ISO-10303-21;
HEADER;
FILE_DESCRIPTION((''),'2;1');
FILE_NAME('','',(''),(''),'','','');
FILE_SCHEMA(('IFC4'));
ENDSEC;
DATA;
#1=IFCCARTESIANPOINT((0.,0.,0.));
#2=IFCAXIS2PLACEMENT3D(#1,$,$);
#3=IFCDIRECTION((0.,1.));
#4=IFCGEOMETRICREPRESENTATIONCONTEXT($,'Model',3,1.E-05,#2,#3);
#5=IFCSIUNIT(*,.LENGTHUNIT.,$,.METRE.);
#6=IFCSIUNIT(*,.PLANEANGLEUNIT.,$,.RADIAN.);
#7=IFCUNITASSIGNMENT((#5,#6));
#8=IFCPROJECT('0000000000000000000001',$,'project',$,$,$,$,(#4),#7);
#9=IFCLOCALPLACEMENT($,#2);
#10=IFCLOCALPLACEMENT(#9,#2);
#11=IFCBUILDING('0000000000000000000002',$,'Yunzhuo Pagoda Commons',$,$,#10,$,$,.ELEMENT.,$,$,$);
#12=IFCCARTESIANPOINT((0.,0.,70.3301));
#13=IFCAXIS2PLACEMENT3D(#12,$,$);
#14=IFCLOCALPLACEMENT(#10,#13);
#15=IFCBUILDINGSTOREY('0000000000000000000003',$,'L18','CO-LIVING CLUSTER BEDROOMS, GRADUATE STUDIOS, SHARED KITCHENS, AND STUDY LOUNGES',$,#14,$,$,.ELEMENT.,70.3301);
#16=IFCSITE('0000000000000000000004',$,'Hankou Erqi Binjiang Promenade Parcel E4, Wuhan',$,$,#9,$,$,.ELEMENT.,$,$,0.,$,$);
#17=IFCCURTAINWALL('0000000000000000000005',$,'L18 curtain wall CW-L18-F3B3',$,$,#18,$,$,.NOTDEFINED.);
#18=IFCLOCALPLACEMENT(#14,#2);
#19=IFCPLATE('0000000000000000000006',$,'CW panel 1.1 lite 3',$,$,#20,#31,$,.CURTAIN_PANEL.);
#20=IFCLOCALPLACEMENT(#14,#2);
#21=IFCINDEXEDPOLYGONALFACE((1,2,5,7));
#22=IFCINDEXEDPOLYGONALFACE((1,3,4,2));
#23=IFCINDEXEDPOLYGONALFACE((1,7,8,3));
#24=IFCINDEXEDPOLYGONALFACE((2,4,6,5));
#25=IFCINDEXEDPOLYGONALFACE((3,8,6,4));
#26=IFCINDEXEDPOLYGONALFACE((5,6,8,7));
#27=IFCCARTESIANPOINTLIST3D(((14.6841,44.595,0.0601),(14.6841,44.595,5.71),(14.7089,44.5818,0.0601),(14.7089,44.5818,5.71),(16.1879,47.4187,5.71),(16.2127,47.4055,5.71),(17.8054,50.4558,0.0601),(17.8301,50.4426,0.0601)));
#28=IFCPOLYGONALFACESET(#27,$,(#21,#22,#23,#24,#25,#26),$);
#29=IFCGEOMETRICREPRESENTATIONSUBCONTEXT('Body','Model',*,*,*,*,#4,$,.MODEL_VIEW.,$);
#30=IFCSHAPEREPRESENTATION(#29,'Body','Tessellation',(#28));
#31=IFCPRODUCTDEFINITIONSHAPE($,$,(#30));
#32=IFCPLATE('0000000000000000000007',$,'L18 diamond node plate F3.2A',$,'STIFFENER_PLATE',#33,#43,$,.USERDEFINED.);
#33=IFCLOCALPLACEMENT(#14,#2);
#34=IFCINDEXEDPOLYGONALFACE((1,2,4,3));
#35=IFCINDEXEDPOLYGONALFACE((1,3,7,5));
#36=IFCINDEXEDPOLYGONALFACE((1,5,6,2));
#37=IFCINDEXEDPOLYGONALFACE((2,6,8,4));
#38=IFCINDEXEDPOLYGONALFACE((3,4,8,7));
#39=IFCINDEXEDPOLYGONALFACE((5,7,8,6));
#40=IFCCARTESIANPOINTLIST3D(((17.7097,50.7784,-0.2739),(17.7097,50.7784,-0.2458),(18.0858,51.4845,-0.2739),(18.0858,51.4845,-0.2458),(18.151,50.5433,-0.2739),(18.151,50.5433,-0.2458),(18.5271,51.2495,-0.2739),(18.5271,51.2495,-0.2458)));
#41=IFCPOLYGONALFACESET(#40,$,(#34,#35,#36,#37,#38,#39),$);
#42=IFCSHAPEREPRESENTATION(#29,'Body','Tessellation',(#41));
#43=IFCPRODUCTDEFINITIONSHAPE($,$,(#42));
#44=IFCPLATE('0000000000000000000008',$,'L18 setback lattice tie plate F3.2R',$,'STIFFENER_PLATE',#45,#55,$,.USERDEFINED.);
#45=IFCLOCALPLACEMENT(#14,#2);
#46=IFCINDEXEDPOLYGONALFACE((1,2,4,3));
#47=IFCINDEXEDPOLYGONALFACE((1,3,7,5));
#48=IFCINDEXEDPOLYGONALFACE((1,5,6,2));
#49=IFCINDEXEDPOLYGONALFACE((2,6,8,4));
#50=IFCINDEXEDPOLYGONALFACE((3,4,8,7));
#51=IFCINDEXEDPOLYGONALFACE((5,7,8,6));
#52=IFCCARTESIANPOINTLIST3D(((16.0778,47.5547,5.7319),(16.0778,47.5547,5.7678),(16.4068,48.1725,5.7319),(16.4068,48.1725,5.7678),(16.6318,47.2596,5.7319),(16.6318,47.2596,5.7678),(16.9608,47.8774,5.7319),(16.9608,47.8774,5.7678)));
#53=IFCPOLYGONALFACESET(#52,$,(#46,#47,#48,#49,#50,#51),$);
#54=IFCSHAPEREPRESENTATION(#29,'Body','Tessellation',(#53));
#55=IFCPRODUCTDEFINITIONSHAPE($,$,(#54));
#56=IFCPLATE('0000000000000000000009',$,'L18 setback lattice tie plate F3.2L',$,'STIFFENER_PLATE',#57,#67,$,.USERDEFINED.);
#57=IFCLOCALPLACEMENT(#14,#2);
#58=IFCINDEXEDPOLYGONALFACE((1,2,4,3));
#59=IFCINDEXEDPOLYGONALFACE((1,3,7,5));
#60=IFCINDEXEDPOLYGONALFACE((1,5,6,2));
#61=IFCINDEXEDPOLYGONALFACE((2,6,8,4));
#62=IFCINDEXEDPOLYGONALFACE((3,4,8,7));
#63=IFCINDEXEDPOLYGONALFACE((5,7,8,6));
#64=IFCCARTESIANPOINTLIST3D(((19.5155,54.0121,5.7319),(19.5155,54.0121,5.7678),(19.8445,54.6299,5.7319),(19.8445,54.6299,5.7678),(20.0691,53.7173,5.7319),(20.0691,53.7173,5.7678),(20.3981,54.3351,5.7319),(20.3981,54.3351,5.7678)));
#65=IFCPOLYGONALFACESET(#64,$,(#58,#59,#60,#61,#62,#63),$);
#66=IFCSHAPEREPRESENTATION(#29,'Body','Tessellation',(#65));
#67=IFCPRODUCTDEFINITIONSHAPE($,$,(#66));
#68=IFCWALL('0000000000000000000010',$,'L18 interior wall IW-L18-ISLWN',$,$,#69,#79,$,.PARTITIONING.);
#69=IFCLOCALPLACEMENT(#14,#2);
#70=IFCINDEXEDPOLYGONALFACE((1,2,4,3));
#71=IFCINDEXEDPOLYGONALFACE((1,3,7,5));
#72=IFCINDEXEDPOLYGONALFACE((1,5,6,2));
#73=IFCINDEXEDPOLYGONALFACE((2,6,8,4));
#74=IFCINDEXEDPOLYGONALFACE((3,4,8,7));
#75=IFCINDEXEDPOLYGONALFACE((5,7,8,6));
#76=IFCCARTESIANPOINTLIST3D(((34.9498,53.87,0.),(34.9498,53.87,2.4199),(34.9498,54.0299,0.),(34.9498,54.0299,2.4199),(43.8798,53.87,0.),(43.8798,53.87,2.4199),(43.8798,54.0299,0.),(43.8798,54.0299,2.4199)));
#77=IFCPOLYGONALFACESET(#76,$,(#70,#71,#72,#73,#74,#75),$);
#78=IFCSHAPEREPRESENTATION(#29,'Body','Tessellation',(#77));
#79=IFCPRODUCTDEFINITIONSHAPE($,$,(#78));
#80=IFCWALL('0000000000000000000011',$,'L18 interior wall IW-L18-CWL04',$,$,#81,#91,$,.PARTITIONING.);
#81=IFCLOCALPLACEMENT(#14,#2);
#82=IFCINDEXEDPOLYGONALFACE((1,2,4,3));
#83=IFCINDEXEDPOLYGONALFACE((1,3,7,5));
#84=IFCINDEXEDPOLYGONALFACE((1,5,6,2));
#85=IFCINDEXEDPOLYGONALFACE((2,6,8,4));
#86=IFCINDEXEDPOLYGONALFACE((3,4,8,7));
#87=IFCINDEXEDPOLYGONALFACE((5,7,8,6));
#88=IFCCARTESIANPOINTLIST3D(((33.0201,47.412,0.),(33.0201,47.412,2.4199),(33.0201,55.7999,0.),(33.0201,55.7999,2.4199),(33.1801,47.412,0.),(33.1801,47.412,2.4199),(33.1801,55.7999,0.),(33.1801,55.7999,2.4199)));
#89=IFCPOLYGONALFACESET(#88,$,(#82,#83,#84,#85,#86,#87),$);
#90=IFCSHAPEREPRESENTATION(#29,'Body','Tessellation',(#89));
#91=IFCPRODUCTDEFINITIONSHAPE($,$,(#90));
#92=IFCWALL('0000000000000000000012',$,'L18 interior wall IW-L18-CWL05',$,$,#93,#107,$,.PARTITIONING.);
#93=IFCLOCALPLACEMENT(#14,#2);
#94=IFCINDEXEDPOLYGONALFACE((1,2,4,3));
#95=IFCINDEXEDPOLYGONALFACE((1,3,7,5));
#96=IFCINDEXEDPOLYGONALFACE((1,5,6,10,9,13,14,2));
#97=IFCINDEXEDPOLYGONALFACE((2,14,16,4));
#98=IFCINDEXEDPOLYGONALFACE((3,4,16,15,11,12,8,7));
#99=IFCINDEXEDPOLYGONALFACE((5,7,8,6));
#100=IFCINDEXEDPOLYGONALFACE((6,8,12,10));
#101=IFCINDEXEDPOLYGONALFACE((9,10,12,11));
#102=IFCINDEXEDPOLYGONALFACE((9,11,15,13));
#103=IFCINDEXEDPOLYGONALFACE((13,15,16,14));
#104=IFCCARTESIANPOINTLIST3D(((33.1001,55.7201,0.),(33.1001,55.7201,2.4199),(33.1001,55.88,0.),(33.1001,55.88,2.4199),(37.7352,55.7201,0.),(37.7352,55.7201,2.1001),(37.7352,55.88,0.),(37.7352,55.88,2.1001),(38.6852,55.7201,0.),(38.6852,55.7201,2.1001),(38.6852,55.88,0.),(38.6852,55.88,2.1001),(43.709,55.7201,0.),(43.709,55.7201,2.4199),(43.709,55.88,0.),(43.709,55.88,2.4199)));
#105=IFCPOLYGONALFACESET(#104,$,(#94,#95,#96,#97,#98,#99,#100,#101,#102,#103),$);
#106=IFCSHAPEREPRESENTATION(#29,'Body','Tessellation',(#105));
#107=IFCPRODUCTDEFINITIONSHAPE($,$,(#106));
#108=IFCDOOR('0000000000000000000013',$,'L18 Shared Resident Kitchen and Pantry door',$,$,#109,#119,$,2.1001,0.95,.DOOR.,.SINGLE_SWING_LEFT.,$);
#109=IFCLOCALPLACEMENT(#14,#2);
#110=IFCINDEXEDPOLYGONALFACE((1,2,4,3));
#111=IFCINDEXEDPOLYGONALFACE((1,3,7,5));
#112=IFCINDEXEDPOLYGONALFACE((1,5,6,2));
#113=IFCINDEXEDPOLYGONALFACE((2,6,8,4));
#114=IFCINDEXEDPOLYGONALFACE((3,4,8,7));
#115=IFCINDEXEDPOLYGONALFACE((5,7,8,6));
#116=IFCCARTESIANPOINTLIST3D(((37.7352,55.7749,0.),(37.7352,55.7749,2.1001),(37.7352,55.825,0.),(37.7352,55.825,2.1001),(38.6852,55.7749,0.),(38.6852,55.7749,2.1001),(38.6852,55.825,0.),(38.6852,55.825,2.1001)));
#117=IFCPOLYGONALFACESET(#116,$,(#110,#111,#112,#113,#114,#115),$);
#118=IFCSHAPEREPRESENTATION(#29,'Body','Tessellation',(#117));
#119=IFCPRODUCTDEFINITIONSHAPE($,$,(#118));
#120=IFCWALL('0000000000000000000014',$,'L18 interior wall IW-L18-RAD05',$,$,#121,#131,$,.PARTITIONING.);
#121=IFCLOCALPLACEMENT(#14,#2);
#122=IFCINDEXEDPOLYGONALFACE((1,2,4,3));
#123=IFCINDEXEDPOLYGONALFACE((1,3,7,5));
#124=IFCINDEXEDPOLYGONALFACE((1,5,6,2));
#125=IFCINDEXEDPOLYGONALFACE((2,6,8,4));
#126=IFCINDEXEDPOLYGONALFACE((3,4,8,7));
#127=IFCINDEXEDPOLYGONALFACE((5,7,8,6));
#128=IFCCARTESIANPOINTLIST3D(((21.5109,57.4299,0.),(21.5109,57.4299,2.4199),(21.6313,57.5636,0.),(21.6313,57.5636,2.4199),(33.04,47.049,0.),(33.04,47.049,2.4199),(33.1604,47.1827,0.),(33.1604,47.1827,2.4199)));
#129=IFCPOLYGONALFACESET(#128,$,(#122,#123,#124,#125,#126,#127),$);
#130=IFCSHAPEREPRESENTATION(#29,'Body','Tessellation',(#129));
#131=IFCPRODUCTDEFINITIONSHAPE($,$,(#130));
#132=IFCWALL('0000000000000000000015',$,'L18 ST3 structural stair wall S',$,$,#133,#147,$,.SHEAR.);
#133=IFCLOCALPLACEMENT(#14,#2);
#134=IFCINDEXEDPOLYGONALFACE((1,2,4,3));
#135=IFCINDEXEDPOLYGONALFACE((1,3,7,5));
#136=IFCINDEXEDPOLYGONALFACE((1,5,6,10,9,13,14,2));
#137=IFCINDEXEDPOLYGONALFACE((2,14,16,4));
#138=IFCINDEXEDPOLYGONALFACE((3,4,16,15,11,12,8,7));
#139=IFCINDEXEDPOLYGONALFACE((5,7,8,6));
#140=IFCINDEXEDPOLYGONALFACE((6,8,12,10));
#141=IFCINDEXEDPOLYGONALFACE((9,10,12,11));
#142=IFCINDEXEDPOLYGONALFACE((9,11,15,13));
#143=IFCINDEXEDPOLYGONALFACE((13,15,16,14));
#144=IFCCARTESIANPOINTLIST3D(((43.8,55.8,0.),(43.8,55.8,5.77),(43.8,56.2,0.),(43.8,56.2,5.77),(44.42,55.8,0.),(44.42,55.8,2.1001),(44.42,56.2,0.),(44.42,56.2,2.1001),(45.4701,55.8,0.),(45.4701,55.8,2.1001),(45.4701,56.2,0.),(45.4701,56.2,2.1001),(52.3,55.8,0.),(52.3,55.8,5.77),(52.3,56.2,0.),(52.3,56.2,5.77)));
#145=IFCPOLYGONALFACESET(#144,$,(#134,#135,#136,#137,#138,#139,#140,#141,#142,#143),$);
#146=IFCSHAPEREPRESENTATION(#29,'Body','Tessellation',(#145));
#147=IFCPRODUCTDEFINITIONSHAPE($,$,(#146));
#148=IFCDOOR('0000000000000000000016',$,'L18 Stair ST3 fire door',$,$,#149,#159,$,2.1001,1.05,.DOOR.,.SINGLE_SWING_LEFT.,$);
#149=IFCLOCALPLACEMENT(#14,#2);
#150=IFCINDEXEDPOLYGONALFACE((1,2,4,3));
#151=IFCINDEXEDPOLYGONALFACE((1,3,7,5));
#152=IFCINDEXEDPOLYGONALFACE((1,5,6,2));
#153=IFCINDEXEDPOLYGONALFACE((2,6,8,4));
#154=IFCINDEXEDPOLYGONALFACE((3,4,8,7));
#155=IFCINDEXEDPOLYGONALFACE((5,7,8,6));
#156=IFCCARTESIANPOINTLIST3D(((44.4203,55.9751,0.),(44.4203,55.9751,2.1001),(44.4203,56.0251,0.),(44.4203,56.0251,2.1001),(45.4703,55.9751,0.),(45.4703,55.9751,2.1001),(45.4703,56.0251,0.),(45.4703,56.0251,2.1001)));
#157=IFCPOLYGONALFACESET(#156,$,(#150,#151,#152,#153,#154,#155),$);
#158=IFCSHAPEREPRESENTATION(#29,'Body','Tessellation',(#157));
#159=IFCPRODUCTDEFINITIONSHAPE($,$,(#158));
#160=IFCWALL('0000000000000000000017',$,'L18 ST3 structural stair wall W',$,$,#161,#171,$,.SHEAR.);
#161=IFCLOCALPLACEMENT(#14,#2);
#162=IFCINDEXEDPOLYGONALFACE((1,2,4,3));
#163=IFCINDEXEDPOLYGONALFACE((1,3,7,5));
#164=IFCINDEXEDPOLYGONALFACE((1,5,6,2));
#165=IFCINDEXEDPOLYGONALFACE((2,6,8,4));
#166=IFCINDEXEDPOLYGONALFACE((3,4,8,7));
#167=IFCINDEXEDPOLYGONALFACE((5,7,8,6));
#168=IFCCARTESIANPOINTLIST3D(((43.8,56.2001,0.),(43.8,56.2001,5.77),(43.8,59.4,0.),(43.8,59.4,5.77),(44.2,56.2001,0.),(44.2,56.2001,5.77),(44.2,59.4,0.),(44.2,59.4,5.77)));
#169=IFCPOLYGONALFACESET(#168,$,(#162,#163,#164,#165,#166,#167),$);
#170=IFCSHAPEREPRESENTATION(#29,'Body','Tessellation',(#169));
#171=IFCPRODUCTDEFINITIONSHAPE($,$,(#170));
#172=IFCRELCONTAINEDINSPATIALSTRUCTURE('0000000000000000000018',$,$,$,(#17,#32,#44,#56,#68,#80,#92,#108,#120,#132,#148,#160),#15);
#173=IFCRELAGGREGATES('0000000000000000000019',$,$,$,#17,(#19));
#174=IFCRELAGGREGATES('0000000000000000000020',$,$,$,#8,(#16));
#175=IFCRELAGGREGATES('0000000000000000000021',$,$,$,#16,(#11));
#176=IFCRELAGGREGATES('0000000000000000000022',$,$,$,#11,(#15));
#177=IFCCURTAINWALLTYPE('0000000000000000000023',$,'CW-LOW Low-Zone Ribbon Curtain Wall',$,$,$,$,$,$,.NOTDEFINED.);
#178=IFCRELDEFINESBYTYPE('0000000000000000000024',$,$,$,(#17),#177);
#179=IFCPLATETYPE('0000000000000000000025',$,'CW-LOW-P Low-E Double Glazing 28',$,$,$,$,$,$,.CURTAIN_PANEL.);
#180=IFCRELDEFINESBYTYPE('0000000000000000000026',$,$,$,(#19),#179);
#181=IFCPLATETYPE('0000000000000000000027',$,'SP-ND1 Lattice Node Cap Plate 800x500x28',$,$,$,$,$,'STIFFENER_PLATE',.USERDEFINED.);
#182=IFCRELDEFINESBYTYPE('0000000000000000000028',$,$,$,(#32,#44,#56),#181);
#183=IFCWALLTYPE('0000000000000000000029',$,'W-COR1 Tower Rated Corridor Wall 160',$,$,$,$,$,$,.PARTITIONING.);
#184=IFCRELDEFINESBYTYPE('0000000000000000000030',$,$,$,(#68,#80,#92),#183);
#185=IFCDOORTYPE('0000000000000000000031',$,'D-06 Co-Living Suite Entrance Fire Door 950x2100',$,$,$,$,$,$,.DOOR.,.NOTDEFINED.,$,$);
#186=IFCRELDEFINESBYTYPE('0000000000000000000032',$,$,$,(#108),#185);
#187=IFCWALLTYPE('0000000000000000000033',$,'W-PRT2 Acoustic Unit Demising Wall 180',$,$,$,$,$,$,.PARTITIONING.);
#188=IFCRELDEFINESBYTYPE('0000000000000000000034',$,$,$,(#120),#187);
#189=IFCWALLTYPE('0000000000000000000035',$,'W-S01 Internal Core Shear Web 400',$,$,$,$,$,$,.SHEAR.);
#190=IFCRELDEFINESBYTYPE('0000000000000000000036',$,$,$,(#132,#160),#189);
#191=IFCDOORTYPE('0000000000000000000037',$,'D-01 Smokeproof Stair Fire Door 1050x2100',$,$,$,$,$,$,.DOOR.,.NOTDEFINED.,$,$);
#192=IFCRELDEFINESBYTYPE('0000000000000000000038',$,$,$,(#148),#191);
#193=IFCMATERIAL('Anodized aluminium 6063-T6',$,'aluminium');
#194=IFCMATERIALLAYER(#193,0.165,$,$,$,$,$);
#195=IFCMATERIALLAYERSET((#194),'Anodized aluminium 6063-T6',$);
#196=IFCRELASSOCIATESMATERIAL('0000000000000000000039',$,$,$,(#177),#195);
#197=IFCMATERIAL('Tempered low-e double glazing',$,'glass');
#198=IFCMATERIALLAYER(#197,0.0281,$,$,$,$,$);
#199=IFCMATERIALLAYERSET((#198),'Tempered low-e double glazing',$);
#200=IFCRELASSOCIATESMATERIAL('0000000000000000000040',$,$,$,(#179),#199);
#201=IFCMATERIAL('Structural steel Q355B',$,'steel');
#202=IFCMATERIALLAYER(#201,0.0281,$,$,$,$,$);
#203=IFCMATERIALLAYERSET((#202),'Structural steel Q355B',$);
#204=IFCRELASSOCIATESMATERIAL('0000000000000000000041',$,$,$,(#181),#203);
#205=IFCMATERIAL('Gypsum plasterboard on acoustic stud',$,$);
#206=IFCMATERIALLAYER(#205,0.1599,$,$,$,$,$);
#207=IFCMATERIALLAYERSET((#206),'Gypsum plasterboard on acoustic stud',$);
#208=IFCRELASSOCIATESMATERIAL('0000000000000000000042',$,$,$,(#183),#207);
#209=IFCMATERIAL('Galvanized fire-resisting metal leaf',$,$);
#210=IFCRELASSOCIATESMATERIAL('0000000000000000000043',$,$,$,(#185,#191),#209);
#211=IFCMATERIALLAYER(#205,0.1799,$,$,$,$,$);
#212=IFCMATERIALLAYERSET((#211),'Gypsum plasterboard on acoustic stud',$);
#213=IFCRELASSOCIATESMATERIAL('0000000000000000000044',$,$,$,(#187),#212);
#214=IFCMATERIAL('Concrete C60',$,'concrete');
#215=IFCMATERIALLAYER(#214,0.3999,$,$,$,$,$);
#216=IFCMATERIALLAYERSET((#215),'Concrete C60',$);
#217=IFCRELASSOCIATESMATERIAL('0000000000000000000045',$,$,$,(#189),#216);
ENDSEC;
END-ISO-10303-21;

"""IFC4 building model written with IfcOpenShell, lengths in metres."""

from ifc_helpers import new_model, si_unit, direction, frame, frame_2d, origin, origin_with_axes, origin_2d, place, context, subcontext, project, spatial, polyline, rectangle, outline, extrude, source, transform, mapped, material, layer, layer_set, type_object, element, fill, aggregate, save


model = new_model("IFC4")

# Units and contexts
model_context = context("Model", 3, precision=1e-05, world=origin(), true_north=direction((0.0, 1.0)))
body_context = subcontext(model_context, "Body", "Model", "MODEL_VIEW")
ifc_project = project(units=[si_unit("LENGTHUNIT", "METRE"), si_unit("PLANEANGLEUNIT", "RADIAN")], contexts=[model_context])

# Site, building, storey
site_placement = place(None, origin())
site = spatial("IfcSite", under=ifc_project, at=site_placement, Name="Hankou Erqi Binjiang Promenade Parcel E4, Wuhan", CompositionType="ELEMENT", RefElevation=0.0)
building_placement = place(site_placement, origin())
building = spatial("IfcBuilding", under=site, at=building_placement, Name="Yunzhuo Pagoda Commons", CompositionType="ELEMENT")
storey_placement = place(building_placement, frame((0.0, 0.0, 70.3301)))
storey = spatial("IfcBuildingStorey", under=building, at=storey_placement, Name="L18", Description="CO-LIVING CLUSTER BEDROOMS, GRADUATE STUDIOS, SHARED KITCHENS, AND STUDY LOUNGES", CompositionType="ELEMENT", Elevation=70.3301)

# Shared definitions
ifc_material_1 = material(Name="Structural steel Q355B", Category="steel")

# Shared definitions
ifc_material_2 = material(Name="Anodized aluminium 6063-T6", Category="aluminium")
ifc_layer_1 = layer(ifc_material_2, 0.165)
ifc_layer_set_1 = layer_set([ifc_layer_1], Name="Anodized aluminium 6063-T6")
curtain_wall_type = type_object("IfcCurtainWallType", Name="CW-LOW Low-Zone Ribbon Curtain Wall", PredefinedType="NOTDEFINED", material=ifc_layer_set_1)

# Curtain wall, plate
curtain_wall_1_placement = place(storey_placement, origin())
curtain_wall_1 = element("IfcCurtainWall", 1, at=curtain_wall_1_placement, inside=storey, type_object=curtain_wall_type, Name="L18 curtain wall CW-L18-F3B3", PredefinedType="NOTDEFINED")
ifc_material_3 = material(Name="Tempered low-e double glazing", Category="glass")
ifc_layer_2 = layer(ifc_material_3, 0.0281)
ifc_layer_set_2 = layer_set([ifc_layer_2], Name="Tempered low-e double glazing")
plate_type_1 = type_object("IfcPlateType", Name="CW-LOW-P Low-E Double Glazing 28", PredefinedType="CURTAIN_PANEL", material=ifc_layer_set_2)
plate_1_placement = place(storey_placement, frame((16.2695, 47.5122, 2.885), z_axis=(-0.882637, 0.470056, 0.0), x_axis=(-0.470056, -0.882637, 0.0)))
plate_1 = element("IfcPlate", 2, at=plate_1_placement, type_object=plate_type_1, Name="CW panel 1.1 lite 3", PredefinedType="CURTAIN_PANEL", context=body_context, shape_type="SweptSolid", body=[
    extrude(outline(polyline([(-3.3201, -2.825), (3.3201, -2.825), (3.3201, 2.825), (0.1208, 2.825), (-3.3201, -2.825)])), origin(), (0.0, 0.0, 1.0), 0.0281),
])
aggregate(curtain_wall_1, [plate_1])

# Plates
ifc_layer_3 = layer(ifc_material_1, 0.0281)
ifc_layer_set_3 = layer_set([ifc_layer_3], Name="Structural steel Q355B")
plate_type_2 = type_object("IfcPlateType", Name="SP-ND1 Lattice Node Cap Plate 800x500x28", ElementType="STIFFENER_PLATE", PredefinedType="USERDEFINED", material=ifc_layer_set_3)
shared_shape_1 = source(origin(), body_context, "Body", "SweptSolid", [
    extrude(rectangle(XDim=0.8, YDim=0.5, at=origin_2d()), origin(), (0.0, 0.0, 1.0), 0.0281),
])
plate_2_placement = place(storey_placement, frame((18.1184, 51.0139, -0.2739), z_axis=(0.0, 0.0, 1.0), x_axis=(-0.470057, -0.882636, 0.0)))
element("IfcPlate", 3, at=plate_2_placement, inside=storey, type_object=plate_type_2, Name="L18 diamond node plate F3.2A", ObjectType="STIFFENER_PLATE", PredefinedType="USERDEFINED", context=body_context, shape_type="MappedRepresentation", body=[
    mapped(shared_shape_1, transform((0.0, 0.0, 0.0), scale=1.0)),
])
shared_shape_2 = source(origin(), body_context, "Body", "SweptSolid", [
    extrude(rectangle(XDim=0.7, YDim=0.6277, at=origin_2d()), origin(), (0.0, 0.0, 1.0), 0.0359),
])
plate_3_placement = place(storey_placement, frame((16.5193, 47.7161, 5.7319), z_axis=(0.0, 0.0, 1.0), x_axis=(-0.470057, -0.882636, 0.0)))
element("IfcPlate", 4, at=plate_3_placement, inside=storey, type_object=plate_type_2, Name="L18 setback lattice tie plate F3.2R", ObjectType="STIFFENER_PLATE", PredefinedType="USERDEFINED", context=body_context, shape_type="MappedRepresentation", body=[
    mapped(shared_shape_2, transform((0.0, 0.0, 0.0), scale=1.0)),
])
shared_shape_3 = source(origin(), body_context, "Body", "SweptSolid", [
    extrude(rectangle(XDim=0.7, YDim=0.6272, at=origin_2d()), origin(), (0.0, 0.0, 1.0), 0.0359),
])
plate_4_placement = place(storey_placement, frame((19.9568, 54.1736, 5.7319), z_axis=(0.0, 0.0, 1.0), x_axis=(-0.470057, -0.882636, 0.0)))
element("IfcPlate", 5, at=plate_4_placement, inside=storey, type_object=plate_type_2, Name="L18 setback lattice tie plate F3.2L", ObjectType="STIFFENER_PLATE", PredefinedType="USERDEFINED", context=body_context, shape_type="MappedRepresentation", body=[
    mapped(shared_shape_3, transform((0.0, 0.0, 0.0), scale=1.0)),
])

# Walls
ifc_material_4 = material(Name="Gypsum plasterboard on acoustic stud")
ifc_layer_4 = layer(ifc_material_4, 0.1599)
ifc_layer_set_4 = layer_set([ifc_layer_4], Name="Gypsum plasterboard on acoustic stud")
wall_type_1 = type_object("IfcWallType", Name="W-COR1 Tower Rated Corridor Wall 160", PredefinedType="PARTITIONING", material=ifc_layer_set_4)
wall_1_placement = place(storey_placement, frame((34.95, 53.95, 0.0), z_axis=(0.0, 0.0, 1.0), x_axis=(1.0, 0.0, 0.0)))
element("IfcWall", 6, at=wall_1_placement, inside=storey, type_object=wall_type_1, Name="L18 interior wall IW-L18-ISLWN", PredefinedType="PARTITIONING", context=body_context, shape_type="SweptSolid", body=[
    extrude(rectangle(XDim=8.9299, YDim=0.1599, at=frame_2d((4.4648, 0.0))), origin(), (0.0, 0.0, 1.0), 2.4199),
])
wall_2_placement = place(storey_placement, frame((33.1001, 47.4121, 0.0), z_axis=(0.0, 0.0, 1.0), x_axis=(0.0, 1.0, 0.0)))
element("IfcWall", 7, at=wall_2_placement, inside=storey, type_object=wall_type_1, Name="L18 interior wall IW-L18-CWL04", PredefinedType="PARTITIONING", context=body_context, shape_type="SweptSolid", body=[
    extrude(rectangle(XDim=8.3879, YDim=0.1599, at=frame_2d((4.1938, 0.0))), origin(), (0.0, 0.0, 1.0), 2.4199),
])

# Wall, opening, door
wall_3_placement = place(storey_placement, frame((33.1001, 55.8, 0.0), z_axis=(0.0, 0.0, 1.0), x_axis=(1.0, 0.0, 0.0)))
wall_3 = element("IfcWall", 8, at=wall_3_placement, inside=storey, type_object=wall_type_1, Name="L18 interior wall IW-L18-CWL05", PredefinedType="PARTITIONING", context=body_context, shape_type="SweptSolid", body=[
    extrude(rectangle(XDim=10.6089, YDim=0.1599, at=frame_2d((5.3044, 0.0))), origin(), (0.0, 0.0, 1.0), 2.4199),
])
opening_1_placement = place(wall_3_placement, frame((4.635, 0.0, 0.0)))
opening_1 = element("IfcOpeningElement", 9, at=opening_1_placement, cuts=wall_3, PredefinedType="OPENING", context=body_context, shape_type="SweptSolid", body=[
    extrude(rectangle(XDim=0.95, YDim=2.1001, at=frame_2d((0.4751, 1.05))), frame((0.0, 0.0898, 0.0), z_axis=(0.0, -1.0, 0.0), x_axis=(1.0, 0.0, 0.0)), (0.0, 0.0, 1.0), 0.1799),
])
ifc_material_5 = material(Name="Galvanized fire-resisting metal leaf")
door_type_1 = type_object("IfcDoorType", Name="D-06 Co-Living Suite Entrance Fire Door 950x2100", OperationType="NOTDEFINED", PredefinedType="DOOR", material=ifc_material_5)
shared_shape_4 = source(origin(), body_context, "Body", "SweptSolid", [
    extrude(rectangle(XDim=0.95, YDim=2.1001, at=frame_2d((0.4751, 1.05))), frame((0.0, 0.0249, 0.0), z_axis=(0.0, -1.0, 0.0), x_axis=(1.0, 0.0, 0.0)), (0.0, 0.0, 1.0), 0.05),
])
door_1_placement = place(opening_1_placement, origin_with_axes())
door_1 = element("IfcDoor", 10, at=door_1_placement, inside=storey, type_object=door_type_1, Name="L18 Shared Resident Kitchen and Pantry door", OperationType="SINGLE_SWING_LEFT", OverallHeight=2.1001, OverallWidth=0.95, PredefinedType="DOOR", context=body_context, shape_type="MappedRepresentation", body=[
    mapped(shared_shape_4, transform((0.0, 0.0, 0.0), scale=1.0)),
])
fill(opening_1, door_1)

# Wall
ifc_layer_5 = layer(ifc_material_4, 0.1799)
ifc_layer_set_5 = layer_set([ifc_layer_5], Name="Gypsum plasterboard on acoustic stud")
wall_type_2 = type_object("IfcWallType", Name="W-PRT2 Acoustic Unit Demising Wall 180", PredefinedType="PARTITIONING", material=ifc_layer_set_5)
wall_4_placement = place(storey_placement, frame((33.1001, 47.116, 0.0), z_axis=(0.0, 0.0, 1.0), x_axis=(-0.743143, 0.669133, 0.0)))
element("IfcWall", 11, at=wall_4_placement, inside=storey, type_object=wall_type_2, Name="L18 interior wall IW-L18-RAD05", PredefinedType="PARTITIONING", context=body_context, shape_type="SweptSolid", body=[
    extrude(rectangle(XDim=15.5139, YDim=0.1799, at=frame_2d((7.7568, 0.0))), origin(), (0.0, 0.0, 1.0), 2.4199),
])

# Wall, opening, door
ifc_material_6 = material(Name="Concrete C60", Category="concrete")
ifc_layer_6 = layer(ifc_material_6, 0.3999)
ifc_layer_set_6 = layer_set([ifc_layer_6], Name="Concrete C60")
wall_type_3 = type_object("IfcWallType", Name="W-S01 Internal Core Shear Web 400", PredefinedType="SHEAR", material=ifc_layer_set_6)
wall_5_placement = place(storey_placement, frame((43.8, 56.0, 0.0), z_axis=(0.0, 0.0, 1.0), x_axis=(1.0, 0.0, 0.0)))
wall_5 = element("IfcWall", 12, at=wall_5_placement, inside=storey, type_object=wall_type_3, Name="L18 ST3 structural stair wall S", PredefinedType="SHEAR", context=body_context, shape_type="SweptSolid", body=[
    extrude(rectangle(XDim=8.5, YDim=0.3999, at=frame_2d((4.25, 0.0))), origin(), (0.0, 0.0, 1.0), 5.77),
])
opening_2_placement = place(wall_5_placement, frame((0.6201, 0.0, 0.0)))
opening_2 = element("IfcOpeningElement", 13, at=opening_2_placement, cuts=wall_5, PredefinedType="OPENING", context=body_context, shape_type="SweptSolid", body=[
    extrude(rectangle(XDim=1.05, YDim=2.1001, at=frame_2d((0.5249, 1.05))), frame((0.0, 0.21, 0.0), z_axis=(0.0, -1.0, 0.0), x_axis=(1.0, 0.0, 0.0)), (0.0, 0.0, 1.0), 0.4199),
])
door_type_2 = type_object("IfcDoorType", Name="D-01 Smokeproof Stair Fire Door 1050x2100", OperationType="NOTDEFINED", PredefinedType="DOOR", material=ifc_material_5)
shared_shape_5 = source(origin(), body_context, "Body", "SweptSolid", [
    extrude(rectangle(XDim=1.05, YDim=2.1001, at=frame_2d((0.5249, 1.05))), frame((0.0, 0.0249, 0.0), z_axis=(0.0, -1.0, 0.0), x_axis=(1.0, 0.0, 0.0)), (0.0, 0.0, 1.0), 0.05),
])
door_2_placement = place(opening_2_placement, frame((1.05, 0.0, 0.0), z_axis=(0.0, 0.0, 1.0), x_axis=(-1.0, 0.0, 0.0)))
door_2 = element("IfcDoor", 14, at=door_2_placement, inside=storey, type_object=door_type_2, Name="L18 Stair ST3 fire door", OperationType="SINGLE_SWING_LEFT", OverallHeight=2.1001, OverallWidth=1.05, PredefinedType="DOOR", context=body_context, shape_type="MappedRepresentation", body=[
    mapped(shared_shape_5, transform((0.0, 0.0, 0.0), scale=1.0)),
])
fill(opening_2, door_2)

# Wall
wall_6_placement = place(storey_placement, frame((44.0, 56.2, 0.0), z_axis=(0.0, 0.0, 1.0), x_axis=(0.0, 1.0, 0.0)))
element("IfcWall", 15, at=wall_6_placement, inside=storey, type_object=wall_type_3, Name="L18 ST3 structural stair wall W", PredefinedType="SHEAR", context=body_context, shape_type="SweptSolid", body=[
    extrude(rectangle(XDim=3.2, YDim=0.3999, at=frame_2d((1.6001, 0.0))), origin(), (0.0, 0.0, 1.0), 5.77),
])

save(model, "model.ifc")
